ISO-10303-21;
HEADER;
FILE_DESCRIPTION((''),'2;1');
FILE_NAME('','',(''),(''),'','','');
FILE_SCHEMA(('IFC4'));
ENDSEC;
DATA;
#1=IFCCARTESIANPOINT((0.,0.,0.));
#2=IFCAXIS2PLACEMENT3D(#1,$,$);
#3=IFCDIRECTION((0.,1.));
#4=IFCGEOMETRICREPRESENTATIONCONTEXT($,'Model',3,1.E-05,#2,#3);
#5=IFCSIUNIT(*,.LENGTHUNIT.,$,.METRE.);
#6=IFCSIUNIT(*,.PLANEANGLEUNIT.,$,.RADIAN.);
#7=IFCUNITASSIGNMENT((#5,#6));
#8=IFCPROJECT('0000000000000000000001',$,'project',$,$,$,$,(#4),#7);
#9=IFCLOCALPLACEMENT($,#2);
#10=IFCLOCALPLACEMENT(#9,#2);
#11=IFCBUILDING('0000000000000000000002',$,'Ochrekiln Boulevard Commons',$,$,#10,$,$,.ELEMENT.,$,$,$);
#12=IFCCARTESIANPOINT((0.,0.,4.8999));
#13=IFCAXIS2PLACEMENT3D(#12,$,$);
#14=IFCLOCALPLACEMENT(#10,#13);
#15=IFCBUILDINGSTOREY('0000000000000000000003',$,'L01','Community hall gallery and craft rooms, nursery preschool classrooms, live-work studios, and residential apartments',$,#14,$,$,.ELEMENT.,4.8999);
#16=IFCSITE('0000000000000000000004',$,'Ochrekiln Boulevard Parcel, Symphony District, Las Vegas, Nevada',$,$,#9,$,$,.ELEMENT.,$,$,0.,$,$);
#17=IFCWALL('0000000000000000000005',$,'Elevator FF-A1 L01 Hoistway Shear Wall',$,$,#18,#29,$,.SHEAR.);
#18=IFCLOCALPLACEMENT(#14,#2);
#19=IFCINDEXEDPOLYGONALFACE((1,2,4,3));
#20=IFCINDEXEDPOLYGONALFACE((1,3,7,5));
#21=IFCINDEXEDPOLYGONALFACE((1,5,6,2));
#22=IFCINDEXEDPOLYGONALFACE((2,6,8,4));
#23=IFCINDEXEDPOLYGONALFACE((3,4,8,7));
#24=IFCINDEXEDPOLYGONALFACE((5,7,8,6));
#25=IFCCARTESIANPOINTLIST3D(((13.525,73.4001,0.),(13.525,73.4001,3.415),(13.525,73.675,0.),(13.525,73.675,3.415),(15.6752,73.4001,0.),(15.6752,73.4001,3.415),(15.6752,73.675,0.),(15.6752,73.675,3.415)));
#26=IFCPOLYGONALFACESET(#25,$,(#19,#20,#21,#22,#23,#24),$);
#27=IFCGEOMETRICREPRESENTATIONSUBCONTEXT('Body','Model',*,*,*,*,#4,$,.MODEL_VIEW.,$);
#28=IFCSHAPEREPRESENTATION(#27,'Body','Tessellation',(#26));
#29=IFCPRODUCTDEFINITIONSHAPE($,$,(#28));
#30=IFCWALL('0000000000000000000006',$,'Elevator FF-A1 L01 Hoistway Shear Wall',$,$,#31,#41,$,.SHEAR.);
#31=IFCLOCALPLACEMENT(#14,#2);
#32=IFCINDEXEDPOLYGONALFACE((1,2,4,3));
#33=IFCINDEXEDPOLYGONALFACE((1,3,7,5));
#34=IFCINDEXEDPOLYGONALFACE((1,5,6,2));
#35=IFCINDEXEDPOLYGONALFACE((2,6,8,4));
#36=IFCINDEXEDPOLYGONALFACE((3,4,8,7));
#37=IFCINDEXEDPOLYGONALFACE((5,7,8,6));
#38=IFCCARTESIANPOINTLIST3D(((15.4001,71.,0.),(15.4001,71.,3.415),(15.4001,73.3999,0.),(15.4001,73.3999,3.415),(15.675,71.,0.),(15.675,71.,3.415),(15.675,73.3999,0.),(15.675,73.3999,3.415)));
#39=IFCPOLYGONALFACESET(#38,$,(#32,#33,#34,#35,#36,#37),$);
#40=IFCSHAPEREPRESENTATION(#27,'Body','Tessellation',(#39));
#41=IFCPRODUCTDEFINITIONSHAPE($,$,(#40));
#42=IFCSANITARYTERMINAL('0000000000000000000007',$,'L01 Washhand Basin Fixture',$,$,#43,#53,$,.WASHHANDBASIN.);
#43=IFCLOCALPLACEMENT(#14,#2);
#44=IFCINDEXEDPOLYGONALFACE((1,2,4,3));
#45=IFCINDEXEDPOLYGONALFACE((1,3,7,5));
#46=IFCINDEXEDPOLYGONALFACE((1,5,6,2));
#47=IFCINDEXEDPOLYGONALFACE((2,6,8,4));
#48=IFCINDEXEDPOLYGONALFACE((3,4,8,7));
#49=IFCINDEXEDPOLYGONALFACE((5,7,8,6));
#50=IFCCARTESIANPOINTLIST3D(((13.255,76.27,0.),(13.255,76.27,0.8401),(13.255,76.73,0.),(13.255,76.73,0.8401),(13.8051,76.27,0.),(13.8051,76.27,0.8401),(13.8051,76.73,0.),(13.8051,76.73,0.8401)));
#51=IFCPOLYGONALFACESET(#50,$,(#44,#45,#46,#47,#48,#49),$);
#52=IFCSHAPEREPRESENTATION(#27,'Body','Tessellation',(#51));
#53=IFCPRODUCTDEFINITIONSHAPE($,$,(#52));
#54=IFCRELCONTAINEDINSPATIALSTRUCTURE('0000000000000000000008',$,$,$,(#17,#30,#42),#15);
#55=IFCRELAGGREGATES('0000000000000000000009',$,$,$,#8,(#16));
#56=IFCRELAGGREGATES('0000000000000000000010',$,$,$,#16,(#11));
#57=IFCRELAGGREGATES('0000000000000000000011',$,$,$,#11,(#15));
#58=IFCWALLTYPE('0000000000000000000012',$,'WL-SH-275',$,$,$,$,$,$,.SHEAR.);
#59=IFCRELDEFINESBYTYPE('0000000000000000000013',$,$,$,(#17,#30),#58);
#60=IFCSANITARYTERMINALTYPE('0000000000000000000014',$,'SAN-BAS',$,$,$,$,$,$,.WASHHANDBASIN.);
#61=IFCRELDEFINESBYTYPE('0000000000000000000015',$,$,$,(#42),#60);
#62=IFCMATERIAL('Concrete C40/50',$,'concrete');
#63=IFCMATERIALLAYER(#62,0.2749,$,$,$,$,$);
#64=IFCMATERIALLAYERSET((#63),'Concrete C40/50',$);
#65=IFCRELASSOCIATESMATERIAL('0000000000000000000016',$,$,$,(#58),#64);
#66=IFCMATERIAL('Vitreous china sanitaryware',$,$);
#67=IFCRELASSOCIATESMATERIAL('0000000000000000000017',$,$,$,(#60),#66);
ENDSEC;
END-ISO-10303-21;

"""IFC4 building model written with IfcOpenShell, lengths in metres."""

from ifc_helpers import new_model, si_unit, direction, frame, frame_2d, origin, origin_2d, place, context, subcontext, project, spatial, rectangle, extrude, material, layer, layer_set, type_object, element, save


model = new_model("IFC4")

# Units and contexts
model_context = context("Model", 3, precision=1e-05, world=origin(), true_north=direction((0.0, 1.0)))
body_context = subcontext(model_context, "Body", "Model", "MODEL_VIEW")
ifc_project = project(units=[si_unit("LENGTHUNIT", "METRE"), si_unit("PLANEANGLEUNIT", "RADIAN")], contexts=[model_context])

# Site, building, storey
site_placement = place(None, origin())
site = spatial("IfcSite", under=ifc_project, at=site_placement, Name="Ochrekiln Boulevard Parcel, Symphony District, Las Vegas, Nevada", CompositionType="ELEMENT", RefElevation=0.0)
building_placement = place(site_placement, origin())
building = spatial("IfcBuilding", under=site, at=building_placement, Name="Ochrekiln Boulevard Commons", CompositionType="ELEMENT")
storey_placement = place(building_placement, frame((0.0, 0.0, 4.8999)))
storey = spatial("IfcBuildingStorey", under=building, at=storey_placement, Name="L01", Description="Community hall gallery and craft rooms, nursery preschool classrooms, live-work studios, and residential apartments", CompositionType="ELEMENT", Elevation=4.8999)

# Shared definitions
ifc_material_1 = material(Name="Concrete C40/50", Category="concrete")

# Walls
ifc_layer_1 = layer(ifc_material_1, 0.2749)
ifc_layer_set_1 = layer_set([ifc_layer_1], Name="Concrete C40/50")
wall_type_1 = type_object("IfcWallType", Name="WL-SH-275", PredefinedType="SHEAR", material=ifc_layer_set_1)
wall_1_placement = place(storey_placement, frame((13.5249, 73.5376, 0.0), z_axis=(0.0, 0.0, 1.0), x_axis=(1.0, 0.0, 0.0)))
element("IfcWall", 1, at=wall_1_placement, inside=storey, type_object=wall_type_1, Name="Elevator FF-A1 L01 Hoistway Shear Wall", PredefinedType="SHEAR", context=body_context, shape_type="SweptSolid", body=[
    extrude(rectangle(XDim=2.1501, YDim=0.2749, at=frame_2d((1.0752, 0.0))), origin(), (0.0, 0.0, 1.0), 3.415),
])
wall_2_placement = place(storey_placement, frame((15.5376, 71.0, 0.0), z_axis=(0.0, 0.0, 1.0), x_axis=(0.0, 1.0, 0.0)))
element("IfcWall", 2, at=wall_2_placement, inside=storey, type_object=wall_type_1, Name="Elevator FF-A1 L01 Hoistway Shear Wall", PredefinedType="SHEAR", context=body_context, shape_type="SweptSolid", body=[
    extrude(rectangle(XDim=2.3999, YDim=0.2749, at=frame_2d((1.2, 0.0))), origin(), (0.0, 0.0, 1.0), 3.415),
])

# Sanitary terminal
ifc_material_2 = material(Name="Vitreous china sanitaryware")
sanitary_terminal_type = type_object("IfcSanitaryTerminalType", Name="SAN-BAS", PredefinedType="WASHHANDBASIN", material=ifc_material_2)
sanitary_terminal_placement = place(storey_placement, frame((13.53, 76.5, 0.0), z_axis=(0.0, 0.0, 1.0), x_axis=(1.0, 0.0, 0.0)))
element("IfcSanitaryTerminal", 3, at=sanitary_terminal_placement, inside=storey, type_object=sanitary_terminal_type, Name="L01 Washhand Basin Fixture", PredefinedType="WASHHANDBASIN", context=body_context, shape_type="SweptSolid", body=[
    extrude(rectangle(XDim=0.55, YDim=0.46, at=origin_2d()), origin(), (0.0, 0.0, 1.0), 0.8401),
])

save(model, "model.ifc")
